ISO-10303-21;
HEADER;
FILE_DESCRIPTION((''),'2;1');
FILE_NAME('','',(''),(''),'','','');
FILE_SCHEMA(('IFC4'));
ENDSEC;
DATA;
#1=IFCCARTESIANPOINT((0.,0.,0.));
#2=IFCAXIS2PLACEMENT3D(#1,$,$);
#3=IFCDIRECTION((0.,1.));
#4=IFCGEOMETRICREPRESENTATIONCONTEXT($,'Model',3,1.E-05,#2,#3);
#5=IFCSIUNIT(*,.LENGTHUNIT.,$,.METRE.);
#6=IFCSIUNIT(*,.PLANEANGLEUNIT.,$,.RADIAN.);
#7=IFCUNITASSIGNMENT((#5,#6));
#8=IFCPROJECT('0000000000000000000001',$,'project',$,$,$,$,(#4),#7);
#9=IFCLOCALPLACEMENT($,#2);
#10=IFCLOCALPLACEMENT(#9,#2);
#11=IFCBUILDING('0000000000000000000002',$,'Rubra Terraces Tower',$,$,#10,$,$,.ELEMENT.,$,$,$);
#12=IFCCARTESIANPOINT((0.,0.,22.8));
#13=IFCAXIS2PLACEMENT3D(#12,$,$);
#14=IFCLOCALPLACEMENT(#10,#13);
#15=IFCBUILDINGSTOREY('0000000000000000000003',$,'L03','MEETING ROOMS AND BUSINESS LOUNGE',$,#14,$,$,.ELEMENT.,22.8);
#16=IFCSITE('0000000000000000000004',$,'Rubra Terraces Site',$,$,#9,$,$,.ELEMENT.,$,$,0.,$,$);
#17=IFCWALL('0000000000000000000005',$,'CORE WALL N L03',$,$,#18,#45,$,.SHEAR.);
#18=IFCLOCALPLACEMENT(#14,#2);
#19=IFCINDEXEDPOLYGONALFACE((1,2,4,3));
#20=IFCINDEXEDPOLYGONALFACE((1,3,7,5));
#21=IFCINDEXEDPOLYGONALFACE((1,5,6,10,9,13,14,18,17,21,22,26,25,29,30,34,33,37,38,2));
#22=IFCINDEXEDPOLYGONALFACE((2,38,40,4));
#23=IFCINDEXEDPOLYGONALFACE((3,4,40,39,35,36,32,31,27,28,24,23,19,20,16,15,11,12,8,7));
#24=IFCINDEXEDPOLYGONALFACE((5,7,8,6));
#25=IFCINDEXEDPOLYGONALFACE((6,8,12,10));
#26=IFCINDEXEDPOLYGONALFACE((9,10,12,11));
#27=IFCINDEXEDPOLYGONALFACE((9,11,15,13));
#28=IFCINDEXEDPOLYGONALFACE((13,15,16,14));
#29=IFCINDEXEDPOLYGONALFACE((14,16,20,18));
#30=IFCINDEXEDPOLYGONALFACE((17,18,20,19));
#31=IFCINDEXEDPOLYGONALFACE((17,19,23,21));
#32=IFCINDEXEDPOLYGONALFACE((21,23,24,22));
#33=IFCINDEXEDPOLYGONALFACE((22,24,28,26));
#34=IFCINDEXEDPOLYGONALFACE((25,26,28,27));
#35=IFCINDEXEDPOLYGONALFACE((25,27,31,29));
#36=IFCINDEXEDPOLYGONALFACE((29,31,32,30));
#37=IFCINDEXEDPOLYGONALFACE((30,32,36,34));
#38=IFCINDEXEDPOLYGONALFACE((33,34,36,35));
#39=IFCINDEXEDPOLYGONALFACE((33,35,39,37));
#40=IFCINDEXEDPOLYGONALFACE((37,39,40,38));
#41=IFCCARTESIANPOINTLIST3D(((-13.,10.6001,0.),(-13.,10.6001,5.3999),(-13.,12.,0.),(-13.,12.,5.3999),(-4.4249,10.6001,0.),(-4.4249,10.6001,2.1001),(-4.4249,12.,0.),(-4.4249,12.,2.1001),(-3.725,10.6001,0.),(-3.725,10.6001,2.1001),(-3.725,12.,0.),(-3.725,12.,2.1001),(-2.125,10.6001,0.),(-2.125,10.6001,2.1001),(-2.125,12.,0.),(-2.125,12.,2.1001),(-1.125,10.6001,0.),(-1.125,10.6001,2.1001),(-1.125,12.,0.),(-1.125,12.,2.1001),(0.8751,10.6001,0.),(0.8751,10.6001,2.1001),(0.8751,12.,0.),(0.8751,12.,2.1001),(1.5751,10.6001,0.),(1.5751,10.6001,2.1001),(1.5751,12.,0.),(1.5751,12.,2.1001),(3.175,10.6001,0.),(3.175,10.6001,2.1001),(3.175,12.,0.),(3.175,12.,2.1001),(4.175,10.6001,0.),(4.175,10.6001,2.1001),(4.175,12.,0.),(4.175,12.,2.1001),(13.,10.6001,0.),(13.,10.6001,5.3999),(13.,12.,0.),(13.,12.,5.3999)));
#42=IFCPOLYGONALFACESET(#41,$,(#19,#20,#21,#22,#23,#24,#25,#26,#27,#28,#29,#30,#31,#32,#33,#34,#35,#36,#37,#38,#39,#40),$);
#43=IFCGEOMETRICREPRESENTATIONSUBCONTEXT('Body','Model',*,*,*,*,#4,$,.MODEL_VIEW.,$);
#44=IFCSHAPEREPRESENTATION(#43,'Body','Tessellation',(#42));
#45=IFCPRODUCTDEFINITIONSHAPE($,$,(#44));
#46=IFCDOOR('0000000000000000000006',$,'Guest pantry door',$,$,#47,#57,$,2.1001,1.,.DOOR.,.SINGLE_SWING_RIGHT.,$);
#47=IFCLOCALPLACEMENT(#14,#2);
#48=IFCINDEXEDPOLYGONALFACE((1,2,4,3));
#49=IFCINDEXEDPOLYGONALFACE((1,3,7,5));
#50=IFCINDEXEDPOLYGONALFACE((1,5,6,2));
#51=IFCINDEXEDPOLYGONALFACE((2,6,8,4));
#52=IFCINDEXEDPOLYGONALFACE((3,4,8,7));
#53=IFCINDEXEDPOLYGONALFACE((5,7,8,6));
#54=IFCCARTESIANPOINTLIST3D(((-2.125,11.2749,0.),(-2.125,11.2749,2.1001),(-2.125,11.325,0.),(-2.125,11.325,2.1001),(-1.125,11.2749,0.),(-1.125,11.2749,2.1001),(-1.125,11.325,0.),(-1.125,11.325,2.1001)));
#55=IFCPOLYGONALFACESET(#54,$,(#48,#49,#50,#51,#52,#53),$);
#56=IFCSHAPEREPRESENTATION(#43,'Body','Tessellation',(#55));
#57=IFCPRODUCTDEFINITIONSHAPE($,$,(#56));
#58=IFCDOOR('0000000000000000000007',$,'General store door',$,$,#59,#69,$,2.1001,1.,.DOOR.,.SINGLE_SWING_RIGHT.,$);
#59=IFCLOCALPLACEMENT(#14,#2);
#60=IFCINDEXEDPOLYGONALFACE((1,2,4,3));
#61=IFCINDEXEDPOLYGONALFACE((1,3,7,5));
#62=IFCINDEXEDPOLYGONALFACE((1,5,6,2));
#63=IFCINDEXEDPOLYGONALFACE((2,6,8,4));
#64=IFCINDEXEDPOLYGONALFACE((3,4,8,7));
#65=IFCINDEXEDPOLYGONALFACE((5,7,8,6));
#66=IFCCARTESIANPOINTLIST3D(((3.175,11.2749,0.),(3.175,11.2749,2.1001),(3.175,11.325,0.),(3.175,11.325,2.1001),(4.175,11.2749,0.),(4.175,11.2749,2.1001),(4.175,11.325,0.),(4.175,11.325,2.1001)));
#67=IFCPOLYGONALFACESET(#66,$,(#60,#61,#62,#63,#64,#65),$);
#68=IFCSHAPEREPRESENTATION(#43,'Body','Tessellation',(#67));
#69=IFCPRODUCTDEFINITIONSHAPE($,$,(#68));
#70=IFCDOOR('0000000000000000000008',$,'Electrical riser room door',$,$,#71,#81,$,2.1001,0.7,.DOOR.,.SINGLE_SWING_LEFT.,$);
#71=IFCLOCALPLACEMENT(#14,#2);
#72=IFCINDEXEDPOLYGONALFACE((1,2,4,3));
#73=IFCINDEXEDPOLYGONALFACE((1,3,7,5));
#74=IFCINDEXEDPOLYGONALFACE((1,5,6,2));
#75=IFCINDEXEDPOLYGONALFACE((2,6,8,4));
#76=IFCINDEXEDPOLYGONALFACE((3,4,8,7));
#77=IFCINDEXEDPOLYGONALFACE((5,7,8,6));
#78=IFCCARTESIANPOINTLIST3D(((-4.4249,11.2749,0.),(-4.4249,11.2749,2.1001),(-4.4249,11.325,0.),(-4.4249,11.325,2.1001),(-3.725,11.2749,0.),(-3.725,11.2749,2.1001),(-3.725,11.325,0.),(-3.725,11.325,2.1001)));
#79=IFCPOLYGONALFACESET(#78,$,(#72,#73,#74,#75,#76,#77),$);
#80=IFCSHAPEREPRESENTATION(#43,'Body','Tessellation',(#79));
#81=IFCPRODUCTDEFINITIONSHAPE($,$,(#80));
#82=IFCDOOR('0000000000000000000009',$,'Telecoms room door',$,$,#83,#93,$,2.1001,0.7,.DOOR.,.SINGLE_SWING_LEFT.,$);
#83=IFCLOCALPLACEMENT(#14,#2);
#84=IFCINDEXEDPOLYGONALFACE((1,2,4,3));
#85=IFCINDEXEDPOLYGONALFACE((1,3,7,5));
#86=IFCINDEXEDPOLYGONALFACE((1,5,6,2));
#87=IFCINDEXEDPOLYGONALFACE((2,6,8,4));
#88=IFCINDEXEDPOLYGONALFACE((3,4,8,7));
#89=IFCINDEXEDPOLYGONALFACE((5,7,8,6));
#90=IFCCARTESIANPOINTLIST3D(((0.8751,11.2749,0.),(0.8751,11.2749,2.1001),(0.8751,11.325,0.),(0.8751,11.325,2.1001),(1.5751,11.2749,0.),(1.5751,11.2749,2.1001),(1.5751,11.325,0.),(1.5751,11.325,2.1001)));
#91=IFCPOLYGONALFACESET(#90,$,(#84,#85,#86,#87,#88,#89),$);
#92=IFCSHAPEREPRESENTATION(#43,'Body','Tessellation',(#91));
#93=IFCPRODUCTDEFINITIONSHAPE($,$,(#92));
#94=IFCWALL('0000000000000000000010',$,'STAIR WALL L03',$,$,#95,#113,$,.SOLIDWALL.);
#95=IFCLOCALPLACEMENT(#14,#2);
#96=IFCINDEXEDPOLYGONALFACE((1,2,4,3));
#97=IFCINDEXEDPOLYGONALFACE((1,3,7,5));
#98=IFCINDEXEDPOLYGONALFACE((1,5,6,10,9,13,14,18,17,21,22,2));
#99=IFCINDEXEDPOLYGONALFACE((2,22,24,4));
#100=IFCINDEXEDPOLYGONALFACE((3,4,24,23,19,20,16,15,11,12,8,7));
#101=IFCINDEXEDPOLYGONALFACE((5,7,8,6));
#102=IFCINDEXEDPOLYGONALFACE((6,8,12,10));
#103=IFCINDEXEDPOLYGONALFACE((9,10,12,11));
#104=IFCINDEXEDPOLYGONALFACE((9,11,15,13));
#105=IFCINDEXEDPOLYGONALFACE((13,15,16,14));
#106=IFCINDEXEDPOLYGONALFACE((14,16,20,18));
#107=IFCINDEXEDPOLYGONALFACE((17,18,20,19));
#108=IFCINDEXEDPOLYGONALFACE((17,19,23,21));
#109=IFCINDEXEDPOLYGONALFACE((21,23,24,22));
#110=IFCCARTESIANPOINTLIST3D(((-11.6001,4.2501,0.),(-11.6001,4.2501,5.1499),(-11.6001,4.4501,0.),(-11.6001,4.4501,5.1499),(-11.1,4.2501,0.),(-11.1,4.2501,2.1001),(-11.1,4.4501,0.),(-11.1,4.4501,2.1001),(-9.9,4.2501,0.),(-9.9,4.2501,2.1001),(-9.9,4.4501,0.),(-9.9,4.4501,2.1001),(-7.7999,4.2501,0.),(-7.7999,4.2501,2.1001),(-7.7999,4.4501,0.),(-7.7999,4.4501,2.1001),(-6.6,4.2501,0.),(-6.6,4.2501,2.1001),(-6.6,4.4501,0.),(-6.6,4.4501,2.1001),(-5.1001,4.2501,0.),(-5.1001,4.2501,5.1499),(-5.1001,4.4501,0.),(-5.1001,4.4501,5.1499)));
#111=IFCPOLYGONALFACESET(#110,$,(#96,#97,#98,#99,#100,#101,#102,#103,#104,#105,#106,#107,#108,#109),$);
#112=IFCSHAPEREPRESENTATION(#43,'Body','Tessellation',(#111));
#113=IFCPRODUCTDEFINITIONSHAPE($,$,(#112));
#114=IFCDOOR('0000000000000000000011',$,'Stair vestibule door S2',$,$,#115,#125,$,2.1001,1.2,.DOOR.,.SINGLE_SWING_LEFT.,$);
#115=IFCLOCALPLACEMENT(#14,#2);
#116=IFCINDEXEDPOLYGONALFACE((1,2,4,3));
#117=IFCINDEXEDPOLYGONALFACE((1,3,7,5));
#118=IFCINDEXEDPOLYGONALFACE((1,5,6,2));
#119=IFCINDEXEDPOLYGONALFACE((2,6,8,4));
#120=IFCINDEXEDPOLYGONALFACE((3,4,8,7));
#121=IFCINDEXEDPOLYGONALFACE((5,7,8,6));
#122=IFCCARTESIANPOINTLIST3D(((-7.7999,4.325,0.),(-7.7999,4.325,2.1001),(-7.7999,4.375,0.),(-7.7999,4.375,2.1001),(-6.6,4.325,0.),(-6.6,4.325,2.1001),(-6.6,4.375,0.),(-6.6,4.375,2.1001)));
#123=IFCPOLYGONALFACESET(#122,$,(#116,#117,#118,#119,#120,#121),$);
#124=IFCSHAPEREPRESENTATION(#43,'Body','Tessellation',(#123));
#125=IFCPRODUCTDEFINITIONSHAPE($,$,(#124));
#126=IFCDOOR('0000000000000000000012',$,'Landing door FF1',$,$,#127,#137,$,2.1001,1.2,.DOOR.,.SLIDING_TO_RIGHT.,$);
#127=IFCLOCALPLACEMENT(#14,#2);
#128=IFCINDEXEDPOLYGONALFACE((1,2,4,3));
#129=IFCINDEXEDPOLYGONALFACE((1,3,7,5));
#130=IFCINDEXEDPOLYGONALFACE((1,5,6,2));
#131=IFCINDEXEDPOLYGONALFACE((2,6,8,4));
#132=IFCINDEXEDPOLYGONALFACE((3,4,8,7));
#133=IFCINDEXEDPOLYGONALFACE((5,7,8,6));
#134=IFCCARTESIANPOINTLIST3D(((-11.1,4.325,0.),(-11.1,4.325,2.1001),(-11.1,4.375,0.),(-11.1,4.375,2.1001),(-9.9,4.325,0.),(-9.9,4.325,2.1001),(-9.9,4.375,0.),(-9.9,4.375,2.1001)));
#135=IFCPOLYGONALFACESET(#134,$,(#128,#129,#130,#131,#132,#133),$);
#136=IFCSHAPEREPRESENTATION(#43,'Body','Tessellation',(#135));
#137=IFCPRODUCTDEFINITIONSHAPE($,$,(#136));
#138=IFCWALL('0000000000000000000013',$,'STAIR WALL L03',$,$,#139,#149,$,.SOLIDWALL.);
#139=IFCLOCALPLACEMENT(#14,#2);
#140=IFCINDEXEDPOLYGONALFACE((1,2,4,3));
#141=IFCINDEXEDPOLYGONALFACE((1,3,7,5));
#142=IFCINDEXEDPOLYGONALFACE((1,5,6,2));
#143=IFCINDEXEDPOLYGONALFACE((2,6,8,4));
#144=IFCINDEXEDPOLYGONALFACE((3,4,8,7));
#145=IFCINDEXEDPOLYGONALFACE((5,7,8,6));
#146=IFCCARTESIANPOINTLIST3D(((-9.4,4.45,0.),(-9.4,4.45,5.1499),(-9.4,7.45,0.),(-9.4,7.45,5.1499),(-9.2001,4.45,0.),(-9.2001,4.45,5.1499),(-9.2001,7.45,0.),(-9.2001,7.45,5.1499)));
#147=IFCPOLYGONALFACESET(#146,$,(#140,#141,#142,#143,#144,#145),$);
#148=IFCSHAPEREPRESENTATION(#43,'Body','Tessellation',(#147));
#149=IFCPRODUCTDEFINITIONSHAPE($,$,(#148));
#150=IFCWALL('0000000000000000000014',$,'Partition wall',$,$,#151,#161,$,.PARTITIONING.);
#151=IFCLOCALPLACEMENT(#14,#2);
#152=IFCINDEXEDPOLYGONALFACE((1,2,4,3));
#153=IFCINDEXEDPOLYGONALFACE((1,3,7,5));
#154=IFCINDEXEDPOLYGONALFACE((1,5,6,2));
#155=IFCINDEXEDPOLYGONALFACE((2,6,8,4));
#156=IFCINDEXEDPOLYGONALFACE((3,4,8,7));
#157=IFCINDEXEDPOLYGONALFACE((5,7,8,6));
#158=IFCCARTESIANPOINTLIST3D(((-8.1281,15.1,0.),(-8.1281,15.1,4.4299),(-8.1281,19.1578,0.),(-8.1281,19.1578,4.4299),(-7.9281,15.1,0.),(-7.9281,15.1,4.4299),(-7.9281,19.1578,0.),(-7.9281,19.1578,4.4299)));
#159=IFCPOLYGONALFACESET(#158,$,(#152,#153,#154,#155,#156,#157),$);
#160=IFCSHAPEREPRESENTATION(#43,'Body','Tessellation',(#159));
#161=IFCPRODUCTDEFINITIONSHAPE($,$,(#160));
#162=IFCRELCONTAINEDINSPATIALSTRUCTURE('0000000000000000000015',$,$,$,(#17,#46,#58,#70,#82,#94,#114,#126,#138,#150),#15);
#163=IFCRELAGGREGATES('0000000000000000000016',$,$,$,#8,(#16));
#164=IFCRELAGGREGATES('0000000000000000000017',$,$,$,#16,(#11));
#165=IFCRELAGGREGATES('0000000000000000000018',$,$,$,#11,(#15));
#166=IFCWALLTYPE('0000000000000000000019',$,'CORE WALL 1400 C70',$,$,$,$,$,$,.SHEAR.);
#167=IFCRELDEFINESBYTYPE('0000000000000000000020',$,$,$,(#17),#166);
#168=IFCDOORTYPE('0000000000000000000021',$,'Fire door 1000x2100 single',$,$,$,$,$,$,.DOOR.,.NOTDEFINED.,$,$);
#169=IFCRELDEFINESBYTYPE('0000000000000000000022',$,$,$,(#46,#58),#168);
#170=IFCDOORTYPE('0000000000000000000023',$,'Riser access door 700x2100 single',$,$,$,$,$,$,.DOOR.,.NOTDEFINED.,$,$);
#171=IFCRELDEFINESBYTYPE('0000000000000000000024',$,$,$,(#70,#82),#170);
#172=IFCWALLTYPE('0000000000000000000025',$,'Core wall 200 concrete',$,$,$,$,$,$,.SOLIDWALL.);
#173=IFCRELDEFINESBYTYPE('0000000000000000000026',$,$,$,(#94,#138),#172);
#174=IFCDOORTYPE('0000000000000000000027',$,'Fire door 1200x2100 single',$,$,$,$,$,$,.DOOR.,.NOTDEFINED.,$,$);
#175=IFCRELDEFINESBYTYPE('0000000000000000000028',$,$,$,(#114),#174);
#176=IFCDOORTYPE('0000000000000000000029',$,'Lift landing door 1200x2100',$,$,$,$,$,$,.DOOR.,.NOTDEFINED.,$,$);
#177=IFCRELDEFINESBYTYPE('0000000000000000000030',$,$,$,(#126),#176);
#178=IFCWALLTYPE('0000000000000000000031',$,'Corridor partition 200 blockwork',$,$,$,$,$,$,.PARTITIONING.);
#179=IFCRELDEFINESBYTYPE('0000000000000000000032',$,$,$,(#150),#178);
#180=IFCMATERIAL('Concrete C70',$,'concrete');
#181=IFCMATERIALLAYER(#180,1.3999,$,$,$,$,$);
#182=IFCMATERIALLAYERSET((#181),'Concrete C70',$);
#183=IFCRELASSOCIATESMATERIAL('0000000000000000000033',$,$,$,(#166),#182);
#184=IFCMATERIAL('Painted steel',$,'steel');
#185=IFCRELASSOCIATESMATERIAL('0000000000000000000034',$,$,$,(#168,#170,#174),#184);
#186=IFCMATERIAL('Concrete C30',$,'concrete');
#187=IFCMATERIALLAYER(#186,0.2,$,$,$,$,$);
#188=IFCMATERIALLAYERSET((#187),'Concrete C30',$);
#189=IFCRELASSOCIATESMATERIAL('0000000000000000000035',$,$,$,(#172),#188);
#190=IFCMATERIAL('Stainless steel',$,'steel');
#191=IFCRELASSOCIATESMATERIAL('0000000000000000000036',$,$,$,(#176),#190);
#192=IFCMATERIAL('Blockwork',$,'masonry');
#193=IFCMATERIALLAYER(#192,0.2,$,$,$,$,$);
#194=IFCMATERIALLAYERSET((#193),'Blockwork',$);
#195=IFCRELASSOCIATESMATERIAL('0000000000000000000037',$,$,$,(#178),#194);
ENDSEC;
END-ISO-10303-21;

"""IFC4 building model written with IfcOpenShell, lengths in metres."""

from ifc_helpers import new_model, si_unit, direction, frame, frame_2d, origin, place, context, subcontext, project, spatial, rectangle, extrude, material, layer, layer_set, type_object, element, fill, save


model = new_model("IFC4")

# Units and contexts
model_context = context("Model", 3, precision=1e-05, world=origin(), true_north=direction((0.0, 1.0)))
body_context = subcontext(model_context, "Body", "Model", "MODEL_VIEW")
ifc_project = project(units=[si_unit("LENGTHUNIT", "METRE"), si_unit("PLANEANGLEUNIT", "RADIAN")], contexts=[model_context])

# Site, building, storey
site_placement = place(None, origin())
site = spatial("IfcSite", under=ifc_project, at=site_placement, Name="Rubra Terraces Site", CompositionType="ELEMENT", RefElevation=0.0)
building_placement = place(site_placement, origin())
building = spatial("IfcBuilding", under=site, at=building_placement, Name="Rubra Terraces Tower", CompositionType="ELEMENT")
storey_placement = place(building_placement, frame((0.0, 0.0, 22.8)))
storey = spatial("IfcBuildingStorey", under=building, at=storey_placement, Name="L03", Description="MEETING ROOMS AND BUSINESS LOUNGE", CompositionType="ELEMENT", Elevation=22.8)

# Walls, openings, doors
ifc_material_1 = material(Name="Concrete C70", Category="concrete")
ifc_layer_1 = layer(ifc_material_1, 1.3999)
ifc_layer_set_1 = layer_set([ifc_layer_1], Name="Concrete C70")
wall_type_1 = type_object("IfcWallType", Name="CORE WALL 1400 C70", PredefinedType="SHEAR", material=ifc_layer_set_1)
wall_1_placement = place(storey_placement, frame((-13.0, 11.3, 0.0), z_axis=(0.0, 0.0, 1.0), x_axis=(1.0, 0.0, 0.0)))
wall_1 = element("IfcWall", 1, at=wall_1_placement, inside=storey, type_object=wall_type_1, Name="CORE WALL N L03", PredefinedType="SHEAR", context=body_context, shape_type="SweptSolid", body=[
    extrude(rectangle(XDim=26.0, YDim=1.3999, at=frame_2d((13.0, 0.0))), origin(), (0.0, 0.0, 1.0), 5.3999),
])
opening_1_placement = place(wall_1_placement, frame((8.575, 0.0, 0.0)))
opening_1 = element("IfcOpeningElement", 2, at=opening_1_placement, cuts=wall_1, PredefinedType="OPENING", context=body_context, shape_type="SweptSolid", body=[
    extrude(rectangle(XDim=0.7, YDim=2.1001, at=frame_2d((0.3501, 1.05))), frame((0.0, 0.71, 0.0), z_axis=(0.0, -1.0, 0.0), x_axis=(1.0, 0.0, 0.0)), (0.0, 0.0, 1.0), 1.4199),
])
opening_2_placement = place(wall_1_placement, frame((10.875, 0.0, 0.0)))
opening_2 = element("IfcOpeningElement", 3, at=opening_2_placement, cuts=wall_1, PredefinedType="OPENING", context=body_context, shape_type="SweptSolid", body=[
    extrude(rectangle(XDim=1.0, YDim=2.1001, at=frame_2d((0.5, 1.05))), frame((0.0, 0.71, 0.0), z_axis=(0.0, -1.0, 0.0), x_axis=(1.0, 0.0, 0.0)), (0.0, 0.0, 1.0), 1.4199),
])
opening_3_placement = place(wall_1_placement, frame((13.875, 0.0, 0.0)))
opening_3 = element("IfcOpeningElement", 4, at=opening_3_placement, cuts=wall_1, PredefinedType="OPENING", context=body_context, shape_type="SweptSolid", body=[
    extrude(rectangle(XDim=0.7, YDim=2.1001, at=frame_2d((0.3501, 1.05))), frame((0.0, 0.71, 0.0), z_axis=(0.0, -1.0, 0.0), x_axis=(1.0, 0.0, 0.0)), (0.0, 0.0, 1.0), 1.4199),
])
opening_4_placement = place(wall_1_placement, frame((16.175, 0.0, 0.0)))
opening_4 = element("IfcOpeningElement", 5, at=opening_4_placement, cuts=wall_1, PredefinedType="OPENING", context=body_context, shape_type="SweptSolid", body=[
    extrude(rectangle(XDim=1.0, YDim=2.1001, at=frame_2d((0.5, 1.05))), frame((0.0, 0.71, 0.0), z_axis=(0.0, -1.0, 0.0), x_axis=(1.0, 0.0, 0.0)), (0.0, 0.0, 1.0), 1.4199),
])
ifc_material_2 = material(Name="Painted steel", Category="steel")
door_type_1 = type_object("IfcDoorType", Name="Fire door 1000x2100 single", OperationType="NOTDEFINED", PredefinedType="DOOR", material=ifc_material_2)
door_1_placement = place(opening_2_placement, origin())
door_1 = element("IfcDoor", 6, at=door_1_placement, inside=storey, type_object=door_type_1, Name="Guest pantry door", OperationType="SINGLE_SWING_RIGHT", OverallHeight=2.1001, OverallWidth=1.0, PredefinedType="DOOR", context=body_context, shape_type="SweptSolid", body=[
    extrude(rectangle(XDim=1.0, YDim=2.1001, at=frame_2d((0.5, 1.05))), frame((0.0, 0.0249, 0.0), z_axis=(0.0, -1.0, 0.0), x_axis=(1.0, 0.0, 0.0)), (0.0, 0.0, 1.0), 0.05),
])
fill(opening_2, door_1)
door_2_placement = place(opening_4_placement, origin())
door_2 = element("IfcDoor", 7, at=door_2_placement, inside=storey, type_object=door_type_1, Name="General store door", OperationType="SINGLE_SWING_RIGHT", OverallHeight=2.1001, OverallWidth=1.0, PredefinedType="DOOR", context=body_context, shape_type="SweptSolid", body=[
    extrude(rectangle(XDim=1.0, YDim=2.1001, at=frame_2d((0.5, 1.05))), frame((0.0, 0.0249, 0.0), z_axis=(0.0, -1.0, 0.0), x_axis=(1.0, 0.0, 0.0)), (0.0, 0.0, 1.0), 0.05),
])
fill(opening_4, door_2)
door_type_2 = type_object("IfcDoorType", Name="Riser access door 700x2100 single", OperationType="NOTDEFINED", PredefinedType="DOOR", material=ifc_material_2)
door_3_placement = place(opening_1_placement, origin())
door_3 = element("IfcDoor", 8, at=door_3_placement, inside=storey, type_object=door_type_2, Name="Electrical riser room door", OperationType="SINGLE_SWING_LEFT", OverallHeight=2.1001, OverallWidth=0.7, PredefinedType="DOOR", context=body_context, shape_type="SweptSolid", body=[
    extrude(rectangle(XDim=0.7, YDim=2.1001, at=frame_2d((0.3501, 1.05))), frame((0.0, 0.0249, 0.0), z_axis=(0.0, -1.0, 0.0), x_axis=(1.0, 0.0, 0.0)), (0.0, 0.0, 1.0), 0.05),
])
fill(opening_1, door_3)
door_4_placement = place(opening_3_placement, origin())
door_4 = element("IfcDoor", 9, at=door_4_placement, inside=storey, type_object=door_type_2, Name="Telecoms room door", OperationType="SINGLE_SWING_LEFT", OverallHeight=2.1001, OverallWidth=0.7, PredefinedType="DOOR", context=body_context, shape_type="SweptSolid", body=[
    extrude(rectangle(XDim=0.7, YDim=2.1001, at=frame_2d((0.3501, 1.05))), frame((0.0, 0.0249, 0.0), z_axis=(0.0, -1.0, 0.0), x_axis=(1.0, 0.0, 0.0)), (0.0, 0.0, 1.0), 0.05),
])
fill(opening_3, door_4)
ifc_material_3 = material(Name="Concrete C30", Category="concrete")
ifc_layer_2 = layer(ifc_material_3, 0.2)
ifc_layer_set_2 = layer_set([ifc_layer_2], Name="Concrete C30")
wall_type_2 = type_object("IfcWallType", Name="Core wall 200 concrete", PredefinedType="SOLIDWALL", material=ifc_layer_set_2)
wall_2_placement = place(storey_placement, frame((-11.6001, 4.3501, 0.0), z_axis=(0.0, 0.0, 1.0), x_axis=(1.0, 0.0, 0.0)))
wall_2 = element("IfcWall", 10, at=wall_2_placement, inside=storey, type_object=wall_type_2, Name="STAIR WALL L03", PredefinedType="SOLIDWALL", context=body_context, shape_type="SweptSolid", body=[
    extrude(rectangle(XDim=6.5, YDim=0.2, at=frame_2d((3.25, 0.0))), origin(), (0.0, 0.0, 1.0), 5.1499),
])
opening_5_placement = place(wall_2_placement, frame((3.8, 0.0, 0.0)))
opening_5 = element("IfcOpeningElement", 11, at=opening_5_placement, cuts=wall_2, PredefinedType="OPENING", context=body_context, shape_type="SweptSolid", body=[
    extrude(rectangle(XDim=1.2, YDim=2.1001, at=frame_2d((0.6001, 1.05))), frame((0.0, 0.1099, 0.0), z_axis=(0.0, -1.0, 0.0), x_axis=(1.0, 0.0, 0.0)), (0.0, 0.0, 1.0), 0.22),
])
opening_6_placement = place(wall_2_placement, frame((0.5, 0.0, 0.0)))
opening_6 = element("IfcOpeningElement", 12, at=opening_6_placement, cuts=wall_2, PredefinedType="OPENING", context=body_context, shape_type="SweptSolid", body=[
    extrude(rectangle(XDim=1.2, YDim=2.1001, at=frame_2d((0.6001, 1.05))), frame((0.0, 0.1099, 0.0), z_axis=(0.0, -1.0, 0.0), x_axis=(1.0, 0.0, 0.0)), (0.0, 0.0, 1.0), 0.22),
])
door_type_3 = type_object("IfcDoorType", Name="Fire door 1200x2100 single", OperationType="NOTDEFINED", PredefinedType="DOOR", material=ifc_material_2)
door_5_placement = place(opening_5_placement, origin())
door_5 = element("IfcDoor", 13, at=door_5_placement, inside=storey, type_object=door_type_3, Name="Stair vestibule door S2", OperationType="SINGLE_SWING_LEFT", OverallHeight=2.1001, OverallWidth=1.2, PredefinedType="DOOR", context=body_context, shape_type="SweptSolid", body=[
    extrude(rectangle(XDim=1.2, YDim=2.1001, at=frame_2d((0.6001, 1.05))), frame((0.0, 0.0249, 0.0), z_axis=(0.0, -1.0, 0.0), x_axis=(1.0, 0.0, 0.0)), (0.0, 0.0, 1.0), 0.05),
])
fill(opening_5, door_5)
ifc_material_4 = material(Name="Stainless steel", Category="steel")
door_type_4 = type_object("IfcDoorType", Name="Lift landing door 1200x2100", OperationType="NOTDEFINED", PredefinedType="DOOR", material=ifc_material_4)
door_6_placement = place(opening_6_placement, origin())
door_6 = element("IfcDoor", 14, at=door_6_placement, inside=storey, type_object=door_type_4, Name="Landing door FF1", OperationType="SLIDING_TO_RIGHT", OverallHeight=2.1001, OverallWidth=1.2, PredefinedType="DOOR", context=body_context, shape_type="SweptSolid", body=[
    extrude(rectangle(XDim=1.2, YDim=2.1001, at=frame_2d((0.6001, 1.05))), frame((0.0, 0.0249, 0.0), z_axis=(0.0, -1.0, 0.0), x_axis=(1.0, 0.0, 0.0)), (0.0, 0.0, 1.0), 0.05),
])
fill(opening_6, door_6)

# Walls
wall_3_placement = place(storey_placement, frame((-9.3, 4.45, 0.0), z_axis=(0.0, 0.0, 1.0), x_axis=(0.0, 1.0, 0.0)))
element("IfcWall", 15, at=wall_3_placement, inside=storey, type_object=wall_type_2, Name="STAIR WALL L03", PredefinedType="SOLIDWALL", context=body_context, shape_type="SweptSolid", body=[
    extrude(rectangle(XDim=3.0, YDim=0.2, at=frame_2d((1.5, 0.0))), origin(), (0.0, 0.0, 1.0), 5.1499),
])
ifc_material_5 = material(Name="Blockwork", Category="masonry")
ifc_layer_3 = layer(ifc_material_5, 0.2)
ifc_layer_set_3 = layer_set([ifc_layer_3], Name="Blockwork")
wall_type_3 = type_object("IfcWallType", Name="Corridor partition 200 blockwork", PredefinedType="PARTITIONING", material=ifc_layer_set_3)
wall_4_placement = place(storey_placement, frame((-8.0281, 15.1001, 0.0), z_axis=(0.0, 0.0, 1.0), x_axis=(0.0, 1.0, 0.0)))
element("IfcWall", 16, at=wall_4_placement, inside=storey, type_object=wall_type_3, Name="Partition wall", PredefinedType="PARTITIONING", context=body_context, shape_type="SweptSolid", body=[
    extrude(rectangle(XDim=4.0579, YDim=0.2, at=frame_2d((2.0288, 0.0))), origin(), (0.0, 0.0, 1.0), 4.4299),
])

save(model, "model.ifc")
